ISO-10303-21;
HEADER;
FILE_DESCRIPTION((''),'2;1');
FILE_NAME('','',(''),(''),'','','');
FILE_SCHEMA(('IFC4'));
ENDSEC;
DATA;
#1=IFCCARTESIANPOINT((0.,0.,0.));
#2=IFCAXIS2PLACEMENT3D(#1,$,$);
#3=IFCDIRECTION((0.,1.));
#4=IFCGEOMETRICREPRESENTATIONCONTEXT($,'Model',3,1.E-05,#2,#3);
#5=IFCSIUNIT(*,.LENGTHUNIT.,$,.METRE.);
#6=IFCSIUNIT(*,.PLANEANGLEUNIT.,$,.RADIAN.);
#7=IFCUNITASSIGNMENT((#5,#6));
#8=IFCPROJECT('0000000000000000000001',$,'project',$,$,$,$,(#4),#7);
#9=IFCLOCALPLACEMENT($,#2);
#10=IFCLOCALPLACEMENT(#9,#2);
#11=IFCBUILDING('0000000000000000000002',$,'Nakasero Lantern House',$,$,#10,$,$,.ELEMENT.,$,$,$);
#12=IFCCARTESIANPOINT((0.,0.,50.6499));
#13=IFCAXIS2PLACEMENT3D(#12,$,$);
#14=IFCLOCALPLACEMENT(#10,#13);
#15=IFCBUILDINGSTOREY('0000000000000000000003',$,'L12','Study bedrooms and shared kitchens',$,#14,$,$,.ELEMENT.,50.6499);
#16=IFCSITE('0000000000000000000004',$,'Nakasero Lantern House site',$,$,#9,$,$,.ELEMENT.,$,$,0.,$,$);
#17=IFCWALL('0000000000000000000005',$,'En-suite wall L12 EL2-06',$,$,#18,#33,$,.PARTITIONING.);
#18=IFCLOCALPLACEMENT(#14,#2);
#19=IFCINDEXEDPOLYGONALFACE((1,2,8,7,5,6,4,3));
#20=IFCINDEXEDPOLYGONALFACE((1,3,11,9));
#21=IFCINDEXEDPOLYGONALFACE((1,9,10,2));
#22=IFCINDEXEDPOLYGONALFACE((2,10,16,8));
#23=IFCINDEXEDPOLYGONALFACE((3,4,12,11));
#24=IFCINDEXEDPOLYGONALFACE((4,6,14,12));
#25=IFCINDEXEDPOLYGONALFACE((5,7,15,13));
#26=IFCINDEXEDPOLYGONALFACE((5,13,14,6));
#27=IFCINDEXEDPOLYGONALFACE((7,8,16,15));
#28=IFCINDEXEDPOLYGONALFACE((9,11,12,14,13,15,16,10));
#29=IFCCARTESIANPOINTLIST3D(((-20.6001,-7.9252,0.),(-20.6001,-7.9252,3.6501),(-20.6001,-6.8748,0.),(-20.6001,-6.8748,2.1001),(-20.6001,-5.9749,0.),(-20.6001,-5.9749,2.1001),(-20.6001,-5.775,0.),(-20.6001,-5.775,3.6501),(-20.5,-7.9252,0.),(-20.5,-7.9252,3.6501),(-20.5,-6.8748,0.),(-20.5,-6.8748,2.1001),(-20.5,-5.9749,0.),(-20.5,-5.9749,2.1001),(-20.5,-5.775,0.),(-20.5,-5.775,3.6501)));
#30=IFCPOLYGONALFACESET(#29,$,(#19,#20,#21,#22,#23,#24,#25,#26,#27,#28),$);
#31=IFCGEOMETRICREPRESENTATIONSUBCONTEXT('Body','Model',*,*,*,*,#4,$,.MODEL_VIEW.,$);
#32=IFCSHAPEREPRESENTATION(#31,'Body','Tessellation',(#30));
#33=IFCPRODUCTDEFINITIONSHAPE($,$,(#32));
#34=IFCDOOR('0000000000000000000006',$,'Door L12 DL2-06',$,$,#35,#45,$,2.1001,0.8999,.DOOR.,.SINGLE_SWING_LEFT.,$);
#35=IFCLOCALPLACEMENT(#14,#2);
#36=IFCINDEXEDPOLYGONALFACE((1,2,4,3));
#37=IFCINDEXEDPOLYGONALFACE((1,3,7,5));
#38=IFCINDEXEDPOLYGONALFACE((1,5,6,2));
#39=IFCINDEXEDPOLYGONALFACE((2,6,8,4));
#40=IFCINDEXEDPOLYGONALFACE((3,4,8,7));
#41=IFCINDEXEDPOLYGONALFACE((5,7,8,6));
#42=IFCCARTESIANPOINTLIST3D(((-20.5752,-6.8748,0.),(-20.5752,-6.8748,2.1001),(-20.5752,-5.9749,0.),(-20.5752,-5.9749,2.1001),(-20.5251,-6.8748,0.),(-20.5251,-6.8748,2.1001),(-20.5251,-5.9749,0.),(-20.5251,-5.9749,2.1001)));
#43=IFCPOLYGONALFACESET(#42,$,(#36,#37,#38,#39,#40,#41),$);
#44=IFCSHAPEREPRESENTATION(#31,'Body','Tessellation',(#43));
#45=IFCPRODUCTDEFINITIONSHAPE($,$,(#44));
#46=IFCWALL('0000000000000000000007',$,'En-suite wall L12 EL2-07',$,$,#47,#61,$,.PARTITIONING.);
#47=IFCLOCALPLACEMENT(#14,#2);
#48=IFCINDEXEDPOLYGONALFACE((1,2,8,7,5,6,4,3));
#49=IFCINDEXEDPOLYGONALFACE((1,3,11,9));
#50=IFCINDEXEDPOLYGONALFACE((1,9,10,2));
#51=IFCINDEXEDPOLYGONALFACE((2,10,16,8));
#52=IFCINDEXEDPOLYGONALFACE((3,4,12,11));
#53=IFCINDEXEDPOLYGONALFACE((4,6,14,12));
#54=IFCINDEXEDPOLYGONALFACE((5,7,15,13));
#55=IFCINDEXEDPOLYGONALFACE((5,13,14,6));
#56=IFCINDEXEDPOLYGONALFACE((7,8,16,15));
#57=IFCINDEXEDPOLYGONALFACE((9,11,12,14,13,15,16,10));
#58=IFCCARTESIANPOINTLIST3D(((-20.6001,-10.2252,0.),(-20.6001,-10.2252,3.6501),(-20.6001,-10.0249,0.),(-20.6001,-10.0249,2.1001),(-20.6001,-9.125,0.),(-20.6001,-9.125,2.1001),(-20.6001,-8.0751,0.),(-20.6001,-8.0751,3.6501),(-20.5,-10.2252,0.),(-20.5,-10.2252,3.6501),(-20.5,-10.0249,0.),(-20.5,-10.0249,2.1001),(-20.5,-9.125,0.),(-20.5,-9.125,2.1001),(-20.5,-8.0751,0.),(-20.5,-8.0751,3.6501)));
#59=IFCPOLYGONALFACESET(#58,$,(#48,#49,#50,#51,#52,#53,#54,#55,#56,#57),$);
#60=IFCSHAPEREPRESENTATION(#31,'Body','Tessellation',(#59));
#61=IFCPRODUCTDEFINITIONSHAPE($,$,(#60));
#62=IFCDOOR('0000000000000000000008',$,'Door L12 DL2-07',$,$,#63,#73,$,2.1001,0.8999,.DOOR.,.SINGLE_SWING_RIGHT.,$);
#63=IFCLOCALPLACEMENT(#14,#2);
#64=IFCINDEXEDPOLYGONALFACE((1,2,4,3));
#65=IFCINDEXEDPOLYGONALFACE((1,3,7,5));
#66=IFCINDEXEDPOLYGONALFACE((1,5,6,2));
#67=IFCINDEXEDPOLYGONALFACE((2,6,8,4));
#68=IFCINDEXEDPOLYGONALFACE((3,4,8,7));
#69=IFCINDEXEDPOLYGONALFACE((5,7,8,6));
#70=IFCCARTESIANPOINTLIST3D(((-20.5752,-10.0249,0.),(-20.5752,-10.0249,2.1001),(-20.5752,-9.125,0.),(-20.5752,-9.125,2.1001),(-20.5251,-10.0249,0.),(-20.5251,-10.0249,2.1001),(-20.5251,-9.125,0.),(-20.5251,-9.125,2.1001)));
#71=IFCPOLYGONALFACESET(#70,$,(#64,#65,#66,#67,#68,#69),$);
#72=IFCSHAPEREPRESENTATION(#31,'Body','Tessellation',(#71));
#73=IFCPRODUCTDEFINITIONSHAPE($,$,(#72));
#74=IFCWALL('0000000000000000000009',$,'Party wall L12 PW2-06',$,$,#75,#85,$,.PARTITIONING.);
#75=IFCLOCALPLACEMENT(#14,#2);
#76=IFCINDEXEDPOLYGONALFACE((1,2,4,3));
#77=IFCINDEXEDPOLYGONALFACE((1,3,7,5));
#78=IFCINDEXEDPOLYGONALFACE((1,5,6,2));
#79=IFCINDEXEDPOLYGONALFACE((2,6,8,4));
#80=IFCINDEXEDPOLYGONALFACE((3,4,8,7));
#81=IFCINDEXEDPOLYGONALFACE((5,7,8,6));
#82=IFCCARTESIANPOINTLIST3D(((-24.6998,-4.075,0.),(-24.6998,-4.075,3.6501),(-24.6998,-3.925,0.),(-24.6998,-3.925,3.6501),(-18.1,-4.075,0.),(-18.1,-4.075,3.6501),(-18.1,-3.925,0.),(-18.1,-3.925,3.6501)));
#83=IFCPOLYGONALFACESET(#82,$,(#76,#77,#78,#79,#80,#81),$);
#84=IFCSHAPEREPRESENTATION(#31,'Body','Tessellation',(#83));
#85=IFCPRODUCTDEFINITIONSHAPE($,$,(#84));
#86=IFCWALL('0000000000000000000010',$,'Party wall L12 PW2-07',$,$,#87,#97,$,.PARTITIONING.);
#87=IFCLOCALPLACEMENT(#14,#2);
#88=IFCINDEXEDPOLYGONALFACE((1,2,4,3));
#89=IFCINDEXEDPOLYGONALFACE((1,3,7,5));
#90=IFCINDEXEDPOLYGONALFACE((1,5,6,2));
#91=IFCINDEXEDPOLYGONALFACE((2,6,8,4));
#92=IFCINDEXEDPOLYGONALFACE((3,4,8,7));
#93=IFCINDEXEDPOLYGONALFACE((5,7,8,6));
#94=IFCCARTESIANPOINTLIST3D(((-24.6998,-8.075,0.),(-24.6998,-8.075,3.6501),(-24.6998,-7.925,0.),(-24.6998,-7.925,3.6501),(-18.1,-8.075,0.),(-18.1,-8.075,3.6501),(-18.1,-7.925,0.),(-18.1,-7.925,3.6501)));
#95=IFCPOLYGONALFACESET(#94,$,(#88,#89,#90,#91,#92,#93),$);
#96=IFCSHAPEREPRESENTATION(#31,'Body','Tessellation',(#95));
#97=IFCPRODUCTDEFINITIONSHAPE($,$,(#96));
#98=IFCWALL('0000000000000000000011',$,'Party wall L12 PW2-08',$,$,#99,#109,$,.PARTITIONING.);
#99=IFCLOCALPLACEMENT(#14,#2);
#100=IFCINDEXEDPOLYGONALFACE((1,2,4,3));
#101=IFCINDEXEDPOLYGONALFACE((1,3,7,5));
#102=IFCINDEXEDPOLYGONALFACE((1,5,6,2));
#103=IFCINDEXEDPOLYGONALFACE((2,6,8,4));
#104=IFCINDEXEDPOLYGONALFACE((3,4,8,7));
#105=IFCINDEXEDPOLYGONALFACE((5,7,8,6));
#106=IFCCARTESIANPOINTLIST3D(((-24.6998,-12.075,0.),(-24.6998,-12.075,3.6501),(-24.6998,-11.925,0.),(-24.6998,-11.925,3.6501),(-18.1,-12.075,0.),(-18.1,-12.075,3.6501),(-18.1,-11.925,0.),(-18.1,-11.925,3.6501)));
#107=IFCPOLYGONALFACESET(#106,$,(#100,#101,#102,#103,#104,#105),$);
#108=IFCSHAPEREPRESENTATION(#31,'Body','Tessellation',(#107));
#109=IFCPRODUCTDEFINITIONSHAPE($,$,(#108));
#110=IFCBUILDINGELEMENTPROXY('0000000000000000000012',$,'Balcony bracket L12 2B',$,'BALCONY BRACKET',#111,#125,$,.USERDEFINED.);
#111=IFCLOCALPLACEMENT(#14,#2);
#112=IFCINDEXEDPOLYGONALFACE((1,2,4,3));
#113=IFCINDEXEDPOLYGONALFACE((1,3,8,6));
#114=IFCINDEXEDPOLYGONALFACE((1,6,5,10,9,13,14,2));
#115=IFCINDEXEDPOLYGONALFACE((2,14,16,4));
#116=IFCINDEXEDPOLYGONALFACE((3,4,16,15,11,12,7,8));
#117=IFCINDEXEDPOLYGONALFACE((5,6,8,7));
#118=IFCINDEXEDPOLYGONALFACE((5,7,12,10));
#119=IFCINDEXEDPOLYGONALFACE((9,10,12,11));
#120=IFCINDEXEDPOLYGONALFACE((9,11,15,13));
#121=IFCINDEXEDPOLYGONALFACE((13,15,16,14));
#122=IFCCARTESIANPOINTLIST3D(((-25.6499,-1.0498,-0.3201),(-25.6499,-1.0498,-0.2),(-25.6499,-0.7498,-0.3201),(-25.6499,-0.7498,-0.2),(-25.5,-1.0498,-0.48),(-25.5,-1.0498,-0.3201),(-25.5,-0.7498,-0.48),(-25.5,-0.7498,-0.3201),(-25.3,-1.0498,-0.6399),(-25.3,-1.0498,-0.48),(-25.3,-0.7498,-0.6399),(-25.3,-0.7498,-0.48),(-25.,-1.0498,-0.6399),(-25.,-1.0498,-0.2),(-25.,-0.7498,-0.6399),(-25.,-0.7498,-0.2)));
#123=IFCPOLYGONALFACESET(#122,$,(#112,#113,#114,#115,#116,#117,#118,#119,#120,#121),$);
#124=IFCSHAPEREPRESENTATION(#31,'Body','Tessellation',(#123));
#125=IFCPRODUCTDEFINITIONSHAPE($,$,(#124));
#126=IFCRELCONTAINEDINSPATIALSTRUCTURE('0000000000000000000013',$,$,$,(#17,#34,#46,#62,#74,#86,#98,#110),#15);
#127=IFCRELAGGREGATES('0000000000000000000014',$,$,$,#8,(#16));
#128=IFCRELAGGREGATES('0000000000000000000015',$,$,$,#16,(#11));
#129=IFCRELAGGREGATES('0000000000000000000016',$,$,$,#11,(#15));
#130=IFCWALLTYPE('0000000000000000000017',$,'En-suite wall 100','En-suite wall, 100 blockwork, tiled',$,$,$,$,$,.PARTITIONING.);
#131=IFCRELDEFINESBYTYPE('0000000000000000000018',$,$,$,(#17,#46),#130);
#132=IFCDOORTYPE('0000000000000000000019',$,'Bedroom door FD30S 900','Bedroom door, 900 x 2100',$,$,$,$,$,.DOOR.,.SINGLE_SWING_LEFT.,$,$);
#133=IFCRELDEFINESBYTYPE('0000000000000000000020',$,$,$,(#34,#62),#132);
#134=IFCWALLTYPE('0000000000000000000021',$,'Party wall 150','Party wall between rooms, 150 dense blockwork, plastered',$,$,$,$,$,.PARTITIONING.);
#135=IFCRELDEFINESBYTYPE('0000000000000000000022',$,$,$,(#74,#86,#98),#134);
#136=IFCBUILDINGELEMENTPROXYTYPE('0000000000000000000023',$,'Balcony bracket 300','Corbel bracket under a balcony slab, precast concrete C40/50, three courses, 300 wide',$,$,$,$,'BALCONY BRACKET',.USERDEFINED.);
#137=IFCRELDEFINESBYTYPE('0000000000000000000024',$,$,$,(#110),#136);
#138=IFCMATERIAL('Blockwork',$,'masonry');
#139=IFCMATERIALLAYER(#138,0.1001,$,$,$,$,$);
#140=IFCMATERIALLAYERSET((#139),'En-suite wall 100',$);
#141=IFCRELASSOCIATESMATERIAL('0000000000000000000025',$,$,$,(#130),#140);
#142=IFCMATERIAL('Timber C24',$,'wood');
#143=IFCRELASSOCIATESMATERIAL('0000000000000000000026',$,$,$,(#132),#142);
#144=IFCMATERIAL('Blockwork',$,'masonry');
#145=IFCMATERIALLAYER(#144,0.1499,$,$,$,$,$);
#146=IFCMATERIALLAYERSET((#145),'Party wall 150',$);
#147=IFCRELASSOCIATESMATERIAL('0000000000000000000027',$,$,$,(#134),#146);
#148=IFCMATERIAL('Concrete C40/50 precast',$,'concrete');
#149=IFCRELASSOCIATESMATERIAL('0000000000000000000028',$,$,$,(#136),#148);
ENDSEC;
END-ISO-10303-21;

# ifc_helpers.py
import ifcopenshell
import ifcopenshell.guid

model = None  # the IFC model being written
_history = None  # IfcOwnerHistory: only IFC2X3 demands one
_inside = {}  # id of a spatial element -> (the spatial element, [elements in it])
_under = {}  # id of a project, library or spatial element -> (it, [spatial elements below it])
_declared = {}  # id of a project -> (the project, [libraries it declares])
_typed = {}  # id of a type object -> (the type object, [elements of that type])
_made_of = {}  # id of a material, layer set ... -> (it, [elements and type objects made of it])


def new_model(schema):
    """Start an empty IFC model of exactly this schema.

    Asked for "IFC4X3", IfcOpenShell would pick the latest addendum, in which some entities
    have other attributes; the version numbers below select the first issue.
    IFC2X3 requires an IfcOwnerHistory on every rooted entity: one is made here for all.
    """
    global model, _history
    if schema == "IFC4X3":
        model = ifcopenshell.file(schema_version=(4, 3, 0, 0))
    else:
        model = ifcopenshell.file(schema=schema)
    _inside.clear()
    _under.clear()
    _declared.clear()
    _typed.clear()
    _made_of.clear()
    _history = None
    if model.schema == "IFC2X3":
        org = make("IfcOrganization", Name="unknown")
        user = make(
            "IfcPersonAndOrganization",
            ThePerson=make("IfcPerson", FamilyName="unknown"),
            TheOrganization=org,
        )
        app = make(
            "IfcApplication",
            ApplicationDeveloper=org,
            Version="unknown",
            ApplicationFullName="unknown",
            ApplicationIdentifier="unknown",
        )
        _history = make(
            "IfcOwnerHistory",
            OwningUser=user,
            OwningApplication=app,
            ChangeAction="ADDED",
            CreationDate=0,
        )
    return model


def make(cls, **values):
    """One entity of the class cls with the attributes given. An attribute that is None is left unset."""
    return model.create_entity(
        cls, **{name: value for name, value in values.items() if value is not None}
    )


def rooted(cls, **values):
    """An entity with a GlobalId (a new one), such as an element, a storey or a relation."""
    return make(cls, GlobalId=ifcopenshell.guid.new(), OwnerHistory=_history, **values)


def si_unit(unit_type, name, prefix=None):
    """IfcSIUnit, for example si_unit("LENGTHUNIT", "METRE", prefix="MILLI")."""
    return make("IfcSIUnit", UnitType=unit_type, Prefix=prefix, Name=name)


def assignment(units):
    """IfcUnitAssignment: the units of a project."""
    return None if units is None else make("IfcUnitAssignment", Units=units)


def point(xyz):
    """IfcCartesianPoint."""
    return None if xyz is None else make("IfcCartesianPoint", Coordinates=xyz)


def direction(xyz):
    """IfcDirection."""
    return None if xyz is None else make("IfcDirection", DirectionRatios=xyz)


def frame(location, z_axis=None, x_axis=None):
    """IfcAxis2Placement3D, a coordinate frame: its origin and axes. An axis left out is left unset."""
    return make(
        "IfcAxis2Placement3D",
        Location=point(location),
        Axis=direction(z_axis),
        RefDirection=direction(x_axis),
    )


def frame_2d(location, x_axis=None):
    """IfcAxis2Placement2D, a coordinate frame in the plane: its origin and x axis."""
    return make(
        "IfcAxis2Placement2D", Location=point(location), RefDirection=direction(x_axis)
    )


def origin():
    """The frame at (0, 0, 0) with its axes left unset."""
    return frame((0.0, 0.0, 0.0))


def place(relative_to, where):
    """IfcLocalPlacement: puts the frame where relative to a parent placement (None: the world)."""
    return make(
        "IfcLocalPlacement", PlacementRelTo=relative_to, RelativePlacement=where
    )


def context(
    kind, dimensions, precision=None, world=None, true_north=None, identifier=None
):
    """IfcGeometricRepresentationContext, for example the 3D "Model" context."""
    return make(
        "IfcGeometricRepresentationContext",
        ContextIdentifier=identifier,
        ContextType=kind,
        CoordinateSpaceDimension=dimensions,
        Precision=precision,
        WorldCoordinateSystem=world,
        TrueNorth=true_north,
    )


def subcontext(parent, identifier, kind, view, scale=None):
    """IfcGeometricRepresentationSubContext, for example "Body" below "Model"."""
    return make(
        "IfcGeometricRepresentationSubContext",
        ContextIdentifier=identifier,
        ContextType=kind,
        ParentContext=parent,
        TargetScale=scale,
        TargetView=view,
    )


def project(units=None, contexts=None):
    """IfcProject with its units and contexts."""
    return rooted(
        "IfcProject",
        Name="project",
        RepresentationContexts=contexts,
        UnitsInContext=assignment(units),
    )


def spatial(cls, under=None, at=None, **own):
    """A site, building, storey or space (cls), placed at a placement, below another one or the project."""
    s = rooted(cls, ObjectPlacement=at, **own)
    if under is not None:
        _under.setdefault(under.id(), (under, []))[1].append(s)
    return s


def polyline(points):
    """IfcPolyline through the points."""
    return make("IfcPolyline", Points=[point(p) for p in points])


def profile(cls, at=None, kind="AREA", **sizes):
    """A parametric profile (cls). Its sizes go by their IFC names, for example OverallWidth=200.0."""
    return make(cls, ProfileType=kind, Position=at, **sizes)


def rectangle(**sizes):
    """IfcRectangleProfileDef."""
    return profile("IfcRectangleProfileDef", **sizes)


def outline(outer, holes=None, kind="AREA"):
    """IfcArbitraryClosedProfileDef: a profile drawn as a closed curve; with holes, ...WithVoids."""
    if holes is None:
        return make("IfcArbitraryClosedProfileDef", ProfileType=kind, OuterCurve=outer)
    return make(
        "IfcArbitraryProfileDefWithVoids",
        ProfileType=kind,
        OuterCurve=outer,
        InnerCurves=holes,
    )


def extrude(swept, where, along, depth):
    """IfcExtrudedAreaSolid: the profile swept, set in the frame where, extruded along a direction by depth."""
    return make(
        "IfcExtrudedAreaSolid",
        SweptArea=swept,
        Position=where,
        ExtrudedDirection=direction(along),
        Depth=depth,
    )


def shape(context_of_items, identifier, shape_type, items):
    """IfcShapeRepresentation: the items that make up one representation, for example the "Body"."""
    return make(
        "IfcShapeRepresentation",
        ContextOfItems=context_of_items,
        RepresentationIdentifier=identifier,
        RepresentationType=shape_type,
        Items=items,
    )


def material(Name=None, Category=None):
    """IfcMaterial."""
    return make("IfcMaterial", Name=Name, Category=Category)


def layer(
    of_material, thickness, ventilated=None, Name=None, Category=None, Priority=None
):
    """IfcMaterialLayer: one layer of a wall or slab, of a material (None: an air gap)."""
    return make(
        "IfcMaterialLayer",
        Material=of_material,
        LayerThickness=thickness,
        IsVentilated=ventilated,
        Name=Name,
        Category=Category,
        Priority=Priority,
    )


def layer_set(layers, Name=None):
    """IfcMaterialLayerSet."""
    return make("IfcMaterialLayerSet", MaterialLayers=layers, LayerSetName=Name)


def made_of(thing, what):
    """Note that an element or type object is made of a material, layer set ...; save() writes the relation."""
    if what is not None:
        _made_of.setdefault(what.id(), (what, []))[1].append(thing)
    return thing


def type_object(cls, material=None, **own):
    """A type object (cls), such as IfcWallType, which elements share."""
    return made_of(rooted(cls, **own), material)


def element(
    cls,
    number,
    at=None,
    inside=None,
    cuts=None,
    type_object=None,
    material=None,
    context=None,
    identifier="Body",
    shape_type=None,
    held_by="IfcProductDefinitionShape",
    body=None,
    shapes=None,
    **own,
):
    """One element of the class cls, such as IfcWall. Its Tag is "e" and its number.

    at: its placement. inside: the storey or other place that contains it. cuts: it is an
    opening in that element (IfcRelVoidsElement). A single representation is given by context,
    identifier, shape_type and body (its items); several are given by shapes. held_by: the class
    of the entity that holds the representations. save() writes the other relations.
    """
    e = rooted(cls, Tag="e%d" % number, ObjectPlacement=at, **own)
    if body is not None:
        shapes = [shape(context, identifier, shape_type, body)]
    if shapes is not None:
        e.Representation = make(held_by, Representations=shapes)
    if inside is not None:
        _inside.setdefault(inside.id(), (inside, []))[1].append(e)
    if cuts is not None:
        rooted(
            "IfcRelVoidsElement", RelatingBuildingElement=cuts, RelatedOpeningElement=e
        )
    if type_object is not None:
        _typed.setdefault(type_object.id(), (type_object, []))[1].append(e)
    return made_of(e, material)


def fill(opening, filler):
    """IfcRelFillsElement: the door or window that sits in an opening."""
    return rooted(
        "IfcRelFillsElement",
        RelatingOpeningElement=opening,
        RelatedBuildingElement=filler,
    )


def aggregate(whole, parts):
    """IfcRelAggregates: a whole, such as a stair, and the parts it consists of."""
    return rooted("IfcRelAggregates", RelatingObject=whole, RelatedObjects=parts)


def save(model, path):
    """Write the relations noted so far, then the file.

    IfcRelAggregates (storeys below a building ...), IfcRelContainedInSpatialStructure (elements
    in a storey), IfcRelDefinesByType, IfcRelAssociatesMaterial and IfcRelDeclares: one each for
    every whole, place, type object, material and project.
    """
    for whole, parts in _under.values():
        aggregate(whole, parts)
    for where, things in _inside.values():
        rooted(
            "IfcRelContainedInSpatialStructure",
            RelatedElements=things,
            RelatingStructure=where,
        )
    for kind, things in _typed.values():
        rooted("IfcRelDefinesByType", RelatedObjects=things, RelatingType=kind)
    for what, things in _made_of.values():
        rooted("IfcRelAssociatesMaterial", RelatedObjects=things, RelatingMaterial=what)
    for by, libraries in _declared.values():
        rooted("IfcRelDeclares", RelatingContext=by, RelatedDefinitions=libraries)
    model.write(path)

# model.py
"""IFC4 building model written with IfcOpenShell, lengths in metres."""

from ifc_helpers import new_model, si_unit, direction, frame, frame_2d, origin, place, context, subcontext, project, spatial, polyline, rectangle, outline, extrude, material, layer, layer_set, type_object, element, fill, save


model = new_model("IFC4")

# Units and contexts
model_context = context("Model", 3, precision=1e-05, world=origin(), true_north=direction((0.0, 1.0)))
body_context = subcontext(model_context, "Body", "Model", "MODEL_VIEW")
ifc_project = project(units=[si_unit("LENGTHUNIT", "METRE"), si_unit("PLANEANGLEUNIT", "RADIAN")], contexts=[model_context])

# Site, building, storey
site_placement = place(None, origin())
site = spatial("IfcSite", under=ifc_project, at=site_placement, Name="Nakasero Lantern House site", CompositionType="ELEMENT", RefElevation=0.0)
building_placement = place(site_placement, origin())
building = spatial("IfcBuilding", under=site, at=building_placement, Name="Nakasero Lantern House", CompositionType="ELEMENT")
storey_placement = place(building_placement, frame((0.0, 0.0, 50.6499)))
storey = spatial("IfcBuildingStorey", under=building, at=storey_placement, Name="L12", Description="Study bedrooms and shared kitchens", CompositionType="ELEMENT", Elevation=50.6499)

# Shared definitions
ifc_material_1 = material(Name="Blockwork", Category="masonry")
ifc_layer_1 = layer(ifc_material_1, 0.1001)
ifc_layer_set_1 = layer_set([ifc_layer_1], Name="En-suite wall 100")
wall_type_1 = type_object("IfcWallType", Name="En-suite wall 100", Description="En-suite wall, 100 blockwork, tiled", PredefinedType="PARTITIONING", material=ifc_layer_set_1)

# Walls, openings, doors
ifc_material_2 = material(Name="Timber C24", Category="wood")
door_type_1 = type_object("IfcDoorType", Name="Bedroom door FD30S 900", Description="Bedroom door, 900 x 2100", OperationType="SINGLE_SWING_LEFT", PredefinedType="DOOR", material=ifc_material_2)
wall_1_placement = place(storey_placement, frame((-20.55, -5.7749, 0.0), z_axis=(0.0, 0.0, 1.0), x_axis=(0.0, -1.0, 0.0)))
wall_1 = element("IfcWall", 1, at=wall_1_placement, inside=storey, type_object=wall_type_1, Name="En-suite wall L12 EL2-06", PredefinedType="PARTITIONING", context=body_context, shape_type="SweptSolid", body=[
    extrude(rectangle(XDim=2.1501, YDim=0.1001, at=frame_2d((1.0752, 0.0))), origin(), (0.0, 0.0, 1.0), 3.6501),
])
opening_1_placement = place(wall_1_placement, frame((0.2, 0.0, 0.0)))
opening_1 = element("IfcOpeningElement", 2, at=opening_1_placement, cuts=wall_1, PredefinedType="OPENING", context=body_context, shape_type="SweptSolid", body=[
    extrude(rectangle(XDim=0.8999, YDim=2.1001, at=frame_2d((0.45, 1.05))), frame((0.0, 0.0701, 0.0), z_axis=(0.0, -1.0, 0.0), x_axis=(1.0, 0.0, 0.0)), (0.0, 0.0, 1.0), 0.1401),
])
door_1_placement = place(opening_1_placement, origin())
door_1 = element("IfcDoor", 3, at=door_1_placement, inside=storey, type_object=door_type_1, Name="Door L12 DL2-06", OperationType="SINGLE_SWING_LEFT", OverallHeight=2.1001, OverallWidth=0.8999, PredefinedType="DOOR", context=body_context, shape_type="SweptSolid", body=[
    extrude(rectangle(XDim=0.8999, YDim=2.1001, at=frame_2d((0.45, 1.05))), frame((0.0, 0.0249, 0.0), z_axis=(0.0, -1.0, 0.0), x_axis=(1.0, 0.0, 0.0)), (0.0, 0.0, 1.0), 0.05),
])
fill(opening_1, door_1)
wall_2_placement = place(storey_placement, frame((-20.55, -8.075, 0.0), z_axis=(0.0, 0.0, 1.0), x_axis=(0.0, -1.0, 0.0)))
wall_2 = element("IfcWall", 4, at=wall_2_placement, inside=storey, type_object=wall_type_1, Name="En-suite wall L12 EL2-07", PredefinedType="PARTITIONING", context=body_context, shape_type="SweptSolid", body=[
    extrude(rectangle(XDim=2.1501, YDim=0.1001, at=frame_2d((1.0752, 0.0))), origin(), (0.0, 0.0, 1.0), 3.6501),
])
opening_2_placement = place(wall_2_placement, frame((1.05, 0.0, 0.0)))
opening_2 = element("IfcOpeningElement", 5, at=opening_2_placement, cuts=wall_2, PredefinedType="OPENING", context=body_context, shape_type="SweptSolid", body=[
    extrude(rectangle(XDim=0.8999, YDim=2.1001, at=frame_2d((0.45, 1.05))), frame((0.0, 0.0701, 0.0), z_axis=(0.0, -1.0, 0.0), x_axis=(1.0, 0.0, 0.0)), (0.0, 0.0, 1.0), 0.1401),
])
door_2_placement = place(opening_2_placement, origin())
door_2 = element("IfcDoor", 6, at=door_2_placement, inside=storey, type_object=door_type_1, Name="Door L12 DL2-07", OperationType="SINGLE_SWING_RIGHT", OverallHeight=2.1001, OverallWidth=0.8999, PredefinedType="DOOR", context=body_context, shape_type="SweptSolid", body=[
    extrude(rectangle(XDim=0.8999, YDim=2.1001, at=frame_2d((0.45, 1.05))), frame((0.0, 0.0249, 0.0), z_axis=(0.0, -1.0, 0.0), x_axis=(1.0, 0.0, 0.0)), (0.0, 0.0, 1.0), 0.05),
])
fill(opening_2, door_2)

# Walls
ifc_material_3 = material(Name="Blockwork", Category="masonry")
ifc_layer_2 = layer(ifc_material_3, 0.1499)
ifc_layer_set_2 = layer_set([ifc_layer_2], Name="Party wall 150")
wall_type_2 = type_object("IfcWallType", Name="Party wall 150", Description="Party wall between rooms, 150 dense blockwork, plastered", PredefinedType="PARTITIONING", material=ifc_layer_set_2)
for number, where, z_axis, x_axis, name in (
    (7, (-18.1001, -4.0, 0.0), (0.0, 0.0, 1.0), (-1.0, 0.0, 0.0), "Party wall L12 PW2-06"),
    (8, (-18.1001, -8.0, 0.0), (0.0, 0.0, 1.0), (-1.0, 0.0, 0.0), "Party wall L12 PW2-07"),
    (9, (-18.1001, -12.0, 0.0), (0.0, 0.0, 1.0), (-1.0, 0.0, 0.0), "Party wall L12 PW2-08"),
):
    element("IfcWall", number, at=place(storey_placement, frame(where, z_axis=z_axis, x_axis=x_axis)), inside=storey, type_object=wall_type_2, Name=name, PredefinedType="PARTITIONING", context=body_context, shape_type="SweptSolid", body=[
        extrude(rectangle(XDim=6.5999, YDim=0.1499, at=frame_2d((3.2998, 0.0))), origin(), (0.0, 0.0, 1.0), 3.6501),
    ])

# Building element proxy
ifc_material_4 = material(Name="Concrete C40/50 precast", Category="concrete")
building_element_proxy_type = type_object("IfcBuildingElementProxyType", Name="Balcony bracket 300", Description="Corbel bracket under a balcony slab, precast concrete C40/50, three courses, 300 wide", ElementType="BALCONY BRACKET", PredefinedType="USERDEFINED", material=ifc_material_4)
proxy_placement = place(storey_placement, frame((-25.0, -0.8999, -0.2), z_axis=(0.0, 0.0, 1.0), x_axis=(-1.0, 0.0, 0.0)))
element("IfcBuildingElementProxy", 10, at=proxy_placement, inside=storey, type_object=building_element_proxy_type, Name="Balcony bracket L12 2B", ObjectType="BALCONY BRACKET", PredefinedType="USERDEFINED", context=body_context, shape_type="SweptSolid", body=[
    extrude(outline(polyline([(0.0, 0.0), (0.6499, 0.0), (0.6499, -0.1201), (0.5, -0.1201), (0.5, -0.28), (0.3, -0.28), (0.3, -0.4399), (0.0, -0.4399), (0.0, 0.0)])), frame((0.0, 0.1499, 0.0), z_axis=(0.0, -1.0, 0.0), x_axis=(1.0, 0.0, 0.0)), (0.0, 0.0, 1.0), 0.3),
])

save(model, "model.ifc")
